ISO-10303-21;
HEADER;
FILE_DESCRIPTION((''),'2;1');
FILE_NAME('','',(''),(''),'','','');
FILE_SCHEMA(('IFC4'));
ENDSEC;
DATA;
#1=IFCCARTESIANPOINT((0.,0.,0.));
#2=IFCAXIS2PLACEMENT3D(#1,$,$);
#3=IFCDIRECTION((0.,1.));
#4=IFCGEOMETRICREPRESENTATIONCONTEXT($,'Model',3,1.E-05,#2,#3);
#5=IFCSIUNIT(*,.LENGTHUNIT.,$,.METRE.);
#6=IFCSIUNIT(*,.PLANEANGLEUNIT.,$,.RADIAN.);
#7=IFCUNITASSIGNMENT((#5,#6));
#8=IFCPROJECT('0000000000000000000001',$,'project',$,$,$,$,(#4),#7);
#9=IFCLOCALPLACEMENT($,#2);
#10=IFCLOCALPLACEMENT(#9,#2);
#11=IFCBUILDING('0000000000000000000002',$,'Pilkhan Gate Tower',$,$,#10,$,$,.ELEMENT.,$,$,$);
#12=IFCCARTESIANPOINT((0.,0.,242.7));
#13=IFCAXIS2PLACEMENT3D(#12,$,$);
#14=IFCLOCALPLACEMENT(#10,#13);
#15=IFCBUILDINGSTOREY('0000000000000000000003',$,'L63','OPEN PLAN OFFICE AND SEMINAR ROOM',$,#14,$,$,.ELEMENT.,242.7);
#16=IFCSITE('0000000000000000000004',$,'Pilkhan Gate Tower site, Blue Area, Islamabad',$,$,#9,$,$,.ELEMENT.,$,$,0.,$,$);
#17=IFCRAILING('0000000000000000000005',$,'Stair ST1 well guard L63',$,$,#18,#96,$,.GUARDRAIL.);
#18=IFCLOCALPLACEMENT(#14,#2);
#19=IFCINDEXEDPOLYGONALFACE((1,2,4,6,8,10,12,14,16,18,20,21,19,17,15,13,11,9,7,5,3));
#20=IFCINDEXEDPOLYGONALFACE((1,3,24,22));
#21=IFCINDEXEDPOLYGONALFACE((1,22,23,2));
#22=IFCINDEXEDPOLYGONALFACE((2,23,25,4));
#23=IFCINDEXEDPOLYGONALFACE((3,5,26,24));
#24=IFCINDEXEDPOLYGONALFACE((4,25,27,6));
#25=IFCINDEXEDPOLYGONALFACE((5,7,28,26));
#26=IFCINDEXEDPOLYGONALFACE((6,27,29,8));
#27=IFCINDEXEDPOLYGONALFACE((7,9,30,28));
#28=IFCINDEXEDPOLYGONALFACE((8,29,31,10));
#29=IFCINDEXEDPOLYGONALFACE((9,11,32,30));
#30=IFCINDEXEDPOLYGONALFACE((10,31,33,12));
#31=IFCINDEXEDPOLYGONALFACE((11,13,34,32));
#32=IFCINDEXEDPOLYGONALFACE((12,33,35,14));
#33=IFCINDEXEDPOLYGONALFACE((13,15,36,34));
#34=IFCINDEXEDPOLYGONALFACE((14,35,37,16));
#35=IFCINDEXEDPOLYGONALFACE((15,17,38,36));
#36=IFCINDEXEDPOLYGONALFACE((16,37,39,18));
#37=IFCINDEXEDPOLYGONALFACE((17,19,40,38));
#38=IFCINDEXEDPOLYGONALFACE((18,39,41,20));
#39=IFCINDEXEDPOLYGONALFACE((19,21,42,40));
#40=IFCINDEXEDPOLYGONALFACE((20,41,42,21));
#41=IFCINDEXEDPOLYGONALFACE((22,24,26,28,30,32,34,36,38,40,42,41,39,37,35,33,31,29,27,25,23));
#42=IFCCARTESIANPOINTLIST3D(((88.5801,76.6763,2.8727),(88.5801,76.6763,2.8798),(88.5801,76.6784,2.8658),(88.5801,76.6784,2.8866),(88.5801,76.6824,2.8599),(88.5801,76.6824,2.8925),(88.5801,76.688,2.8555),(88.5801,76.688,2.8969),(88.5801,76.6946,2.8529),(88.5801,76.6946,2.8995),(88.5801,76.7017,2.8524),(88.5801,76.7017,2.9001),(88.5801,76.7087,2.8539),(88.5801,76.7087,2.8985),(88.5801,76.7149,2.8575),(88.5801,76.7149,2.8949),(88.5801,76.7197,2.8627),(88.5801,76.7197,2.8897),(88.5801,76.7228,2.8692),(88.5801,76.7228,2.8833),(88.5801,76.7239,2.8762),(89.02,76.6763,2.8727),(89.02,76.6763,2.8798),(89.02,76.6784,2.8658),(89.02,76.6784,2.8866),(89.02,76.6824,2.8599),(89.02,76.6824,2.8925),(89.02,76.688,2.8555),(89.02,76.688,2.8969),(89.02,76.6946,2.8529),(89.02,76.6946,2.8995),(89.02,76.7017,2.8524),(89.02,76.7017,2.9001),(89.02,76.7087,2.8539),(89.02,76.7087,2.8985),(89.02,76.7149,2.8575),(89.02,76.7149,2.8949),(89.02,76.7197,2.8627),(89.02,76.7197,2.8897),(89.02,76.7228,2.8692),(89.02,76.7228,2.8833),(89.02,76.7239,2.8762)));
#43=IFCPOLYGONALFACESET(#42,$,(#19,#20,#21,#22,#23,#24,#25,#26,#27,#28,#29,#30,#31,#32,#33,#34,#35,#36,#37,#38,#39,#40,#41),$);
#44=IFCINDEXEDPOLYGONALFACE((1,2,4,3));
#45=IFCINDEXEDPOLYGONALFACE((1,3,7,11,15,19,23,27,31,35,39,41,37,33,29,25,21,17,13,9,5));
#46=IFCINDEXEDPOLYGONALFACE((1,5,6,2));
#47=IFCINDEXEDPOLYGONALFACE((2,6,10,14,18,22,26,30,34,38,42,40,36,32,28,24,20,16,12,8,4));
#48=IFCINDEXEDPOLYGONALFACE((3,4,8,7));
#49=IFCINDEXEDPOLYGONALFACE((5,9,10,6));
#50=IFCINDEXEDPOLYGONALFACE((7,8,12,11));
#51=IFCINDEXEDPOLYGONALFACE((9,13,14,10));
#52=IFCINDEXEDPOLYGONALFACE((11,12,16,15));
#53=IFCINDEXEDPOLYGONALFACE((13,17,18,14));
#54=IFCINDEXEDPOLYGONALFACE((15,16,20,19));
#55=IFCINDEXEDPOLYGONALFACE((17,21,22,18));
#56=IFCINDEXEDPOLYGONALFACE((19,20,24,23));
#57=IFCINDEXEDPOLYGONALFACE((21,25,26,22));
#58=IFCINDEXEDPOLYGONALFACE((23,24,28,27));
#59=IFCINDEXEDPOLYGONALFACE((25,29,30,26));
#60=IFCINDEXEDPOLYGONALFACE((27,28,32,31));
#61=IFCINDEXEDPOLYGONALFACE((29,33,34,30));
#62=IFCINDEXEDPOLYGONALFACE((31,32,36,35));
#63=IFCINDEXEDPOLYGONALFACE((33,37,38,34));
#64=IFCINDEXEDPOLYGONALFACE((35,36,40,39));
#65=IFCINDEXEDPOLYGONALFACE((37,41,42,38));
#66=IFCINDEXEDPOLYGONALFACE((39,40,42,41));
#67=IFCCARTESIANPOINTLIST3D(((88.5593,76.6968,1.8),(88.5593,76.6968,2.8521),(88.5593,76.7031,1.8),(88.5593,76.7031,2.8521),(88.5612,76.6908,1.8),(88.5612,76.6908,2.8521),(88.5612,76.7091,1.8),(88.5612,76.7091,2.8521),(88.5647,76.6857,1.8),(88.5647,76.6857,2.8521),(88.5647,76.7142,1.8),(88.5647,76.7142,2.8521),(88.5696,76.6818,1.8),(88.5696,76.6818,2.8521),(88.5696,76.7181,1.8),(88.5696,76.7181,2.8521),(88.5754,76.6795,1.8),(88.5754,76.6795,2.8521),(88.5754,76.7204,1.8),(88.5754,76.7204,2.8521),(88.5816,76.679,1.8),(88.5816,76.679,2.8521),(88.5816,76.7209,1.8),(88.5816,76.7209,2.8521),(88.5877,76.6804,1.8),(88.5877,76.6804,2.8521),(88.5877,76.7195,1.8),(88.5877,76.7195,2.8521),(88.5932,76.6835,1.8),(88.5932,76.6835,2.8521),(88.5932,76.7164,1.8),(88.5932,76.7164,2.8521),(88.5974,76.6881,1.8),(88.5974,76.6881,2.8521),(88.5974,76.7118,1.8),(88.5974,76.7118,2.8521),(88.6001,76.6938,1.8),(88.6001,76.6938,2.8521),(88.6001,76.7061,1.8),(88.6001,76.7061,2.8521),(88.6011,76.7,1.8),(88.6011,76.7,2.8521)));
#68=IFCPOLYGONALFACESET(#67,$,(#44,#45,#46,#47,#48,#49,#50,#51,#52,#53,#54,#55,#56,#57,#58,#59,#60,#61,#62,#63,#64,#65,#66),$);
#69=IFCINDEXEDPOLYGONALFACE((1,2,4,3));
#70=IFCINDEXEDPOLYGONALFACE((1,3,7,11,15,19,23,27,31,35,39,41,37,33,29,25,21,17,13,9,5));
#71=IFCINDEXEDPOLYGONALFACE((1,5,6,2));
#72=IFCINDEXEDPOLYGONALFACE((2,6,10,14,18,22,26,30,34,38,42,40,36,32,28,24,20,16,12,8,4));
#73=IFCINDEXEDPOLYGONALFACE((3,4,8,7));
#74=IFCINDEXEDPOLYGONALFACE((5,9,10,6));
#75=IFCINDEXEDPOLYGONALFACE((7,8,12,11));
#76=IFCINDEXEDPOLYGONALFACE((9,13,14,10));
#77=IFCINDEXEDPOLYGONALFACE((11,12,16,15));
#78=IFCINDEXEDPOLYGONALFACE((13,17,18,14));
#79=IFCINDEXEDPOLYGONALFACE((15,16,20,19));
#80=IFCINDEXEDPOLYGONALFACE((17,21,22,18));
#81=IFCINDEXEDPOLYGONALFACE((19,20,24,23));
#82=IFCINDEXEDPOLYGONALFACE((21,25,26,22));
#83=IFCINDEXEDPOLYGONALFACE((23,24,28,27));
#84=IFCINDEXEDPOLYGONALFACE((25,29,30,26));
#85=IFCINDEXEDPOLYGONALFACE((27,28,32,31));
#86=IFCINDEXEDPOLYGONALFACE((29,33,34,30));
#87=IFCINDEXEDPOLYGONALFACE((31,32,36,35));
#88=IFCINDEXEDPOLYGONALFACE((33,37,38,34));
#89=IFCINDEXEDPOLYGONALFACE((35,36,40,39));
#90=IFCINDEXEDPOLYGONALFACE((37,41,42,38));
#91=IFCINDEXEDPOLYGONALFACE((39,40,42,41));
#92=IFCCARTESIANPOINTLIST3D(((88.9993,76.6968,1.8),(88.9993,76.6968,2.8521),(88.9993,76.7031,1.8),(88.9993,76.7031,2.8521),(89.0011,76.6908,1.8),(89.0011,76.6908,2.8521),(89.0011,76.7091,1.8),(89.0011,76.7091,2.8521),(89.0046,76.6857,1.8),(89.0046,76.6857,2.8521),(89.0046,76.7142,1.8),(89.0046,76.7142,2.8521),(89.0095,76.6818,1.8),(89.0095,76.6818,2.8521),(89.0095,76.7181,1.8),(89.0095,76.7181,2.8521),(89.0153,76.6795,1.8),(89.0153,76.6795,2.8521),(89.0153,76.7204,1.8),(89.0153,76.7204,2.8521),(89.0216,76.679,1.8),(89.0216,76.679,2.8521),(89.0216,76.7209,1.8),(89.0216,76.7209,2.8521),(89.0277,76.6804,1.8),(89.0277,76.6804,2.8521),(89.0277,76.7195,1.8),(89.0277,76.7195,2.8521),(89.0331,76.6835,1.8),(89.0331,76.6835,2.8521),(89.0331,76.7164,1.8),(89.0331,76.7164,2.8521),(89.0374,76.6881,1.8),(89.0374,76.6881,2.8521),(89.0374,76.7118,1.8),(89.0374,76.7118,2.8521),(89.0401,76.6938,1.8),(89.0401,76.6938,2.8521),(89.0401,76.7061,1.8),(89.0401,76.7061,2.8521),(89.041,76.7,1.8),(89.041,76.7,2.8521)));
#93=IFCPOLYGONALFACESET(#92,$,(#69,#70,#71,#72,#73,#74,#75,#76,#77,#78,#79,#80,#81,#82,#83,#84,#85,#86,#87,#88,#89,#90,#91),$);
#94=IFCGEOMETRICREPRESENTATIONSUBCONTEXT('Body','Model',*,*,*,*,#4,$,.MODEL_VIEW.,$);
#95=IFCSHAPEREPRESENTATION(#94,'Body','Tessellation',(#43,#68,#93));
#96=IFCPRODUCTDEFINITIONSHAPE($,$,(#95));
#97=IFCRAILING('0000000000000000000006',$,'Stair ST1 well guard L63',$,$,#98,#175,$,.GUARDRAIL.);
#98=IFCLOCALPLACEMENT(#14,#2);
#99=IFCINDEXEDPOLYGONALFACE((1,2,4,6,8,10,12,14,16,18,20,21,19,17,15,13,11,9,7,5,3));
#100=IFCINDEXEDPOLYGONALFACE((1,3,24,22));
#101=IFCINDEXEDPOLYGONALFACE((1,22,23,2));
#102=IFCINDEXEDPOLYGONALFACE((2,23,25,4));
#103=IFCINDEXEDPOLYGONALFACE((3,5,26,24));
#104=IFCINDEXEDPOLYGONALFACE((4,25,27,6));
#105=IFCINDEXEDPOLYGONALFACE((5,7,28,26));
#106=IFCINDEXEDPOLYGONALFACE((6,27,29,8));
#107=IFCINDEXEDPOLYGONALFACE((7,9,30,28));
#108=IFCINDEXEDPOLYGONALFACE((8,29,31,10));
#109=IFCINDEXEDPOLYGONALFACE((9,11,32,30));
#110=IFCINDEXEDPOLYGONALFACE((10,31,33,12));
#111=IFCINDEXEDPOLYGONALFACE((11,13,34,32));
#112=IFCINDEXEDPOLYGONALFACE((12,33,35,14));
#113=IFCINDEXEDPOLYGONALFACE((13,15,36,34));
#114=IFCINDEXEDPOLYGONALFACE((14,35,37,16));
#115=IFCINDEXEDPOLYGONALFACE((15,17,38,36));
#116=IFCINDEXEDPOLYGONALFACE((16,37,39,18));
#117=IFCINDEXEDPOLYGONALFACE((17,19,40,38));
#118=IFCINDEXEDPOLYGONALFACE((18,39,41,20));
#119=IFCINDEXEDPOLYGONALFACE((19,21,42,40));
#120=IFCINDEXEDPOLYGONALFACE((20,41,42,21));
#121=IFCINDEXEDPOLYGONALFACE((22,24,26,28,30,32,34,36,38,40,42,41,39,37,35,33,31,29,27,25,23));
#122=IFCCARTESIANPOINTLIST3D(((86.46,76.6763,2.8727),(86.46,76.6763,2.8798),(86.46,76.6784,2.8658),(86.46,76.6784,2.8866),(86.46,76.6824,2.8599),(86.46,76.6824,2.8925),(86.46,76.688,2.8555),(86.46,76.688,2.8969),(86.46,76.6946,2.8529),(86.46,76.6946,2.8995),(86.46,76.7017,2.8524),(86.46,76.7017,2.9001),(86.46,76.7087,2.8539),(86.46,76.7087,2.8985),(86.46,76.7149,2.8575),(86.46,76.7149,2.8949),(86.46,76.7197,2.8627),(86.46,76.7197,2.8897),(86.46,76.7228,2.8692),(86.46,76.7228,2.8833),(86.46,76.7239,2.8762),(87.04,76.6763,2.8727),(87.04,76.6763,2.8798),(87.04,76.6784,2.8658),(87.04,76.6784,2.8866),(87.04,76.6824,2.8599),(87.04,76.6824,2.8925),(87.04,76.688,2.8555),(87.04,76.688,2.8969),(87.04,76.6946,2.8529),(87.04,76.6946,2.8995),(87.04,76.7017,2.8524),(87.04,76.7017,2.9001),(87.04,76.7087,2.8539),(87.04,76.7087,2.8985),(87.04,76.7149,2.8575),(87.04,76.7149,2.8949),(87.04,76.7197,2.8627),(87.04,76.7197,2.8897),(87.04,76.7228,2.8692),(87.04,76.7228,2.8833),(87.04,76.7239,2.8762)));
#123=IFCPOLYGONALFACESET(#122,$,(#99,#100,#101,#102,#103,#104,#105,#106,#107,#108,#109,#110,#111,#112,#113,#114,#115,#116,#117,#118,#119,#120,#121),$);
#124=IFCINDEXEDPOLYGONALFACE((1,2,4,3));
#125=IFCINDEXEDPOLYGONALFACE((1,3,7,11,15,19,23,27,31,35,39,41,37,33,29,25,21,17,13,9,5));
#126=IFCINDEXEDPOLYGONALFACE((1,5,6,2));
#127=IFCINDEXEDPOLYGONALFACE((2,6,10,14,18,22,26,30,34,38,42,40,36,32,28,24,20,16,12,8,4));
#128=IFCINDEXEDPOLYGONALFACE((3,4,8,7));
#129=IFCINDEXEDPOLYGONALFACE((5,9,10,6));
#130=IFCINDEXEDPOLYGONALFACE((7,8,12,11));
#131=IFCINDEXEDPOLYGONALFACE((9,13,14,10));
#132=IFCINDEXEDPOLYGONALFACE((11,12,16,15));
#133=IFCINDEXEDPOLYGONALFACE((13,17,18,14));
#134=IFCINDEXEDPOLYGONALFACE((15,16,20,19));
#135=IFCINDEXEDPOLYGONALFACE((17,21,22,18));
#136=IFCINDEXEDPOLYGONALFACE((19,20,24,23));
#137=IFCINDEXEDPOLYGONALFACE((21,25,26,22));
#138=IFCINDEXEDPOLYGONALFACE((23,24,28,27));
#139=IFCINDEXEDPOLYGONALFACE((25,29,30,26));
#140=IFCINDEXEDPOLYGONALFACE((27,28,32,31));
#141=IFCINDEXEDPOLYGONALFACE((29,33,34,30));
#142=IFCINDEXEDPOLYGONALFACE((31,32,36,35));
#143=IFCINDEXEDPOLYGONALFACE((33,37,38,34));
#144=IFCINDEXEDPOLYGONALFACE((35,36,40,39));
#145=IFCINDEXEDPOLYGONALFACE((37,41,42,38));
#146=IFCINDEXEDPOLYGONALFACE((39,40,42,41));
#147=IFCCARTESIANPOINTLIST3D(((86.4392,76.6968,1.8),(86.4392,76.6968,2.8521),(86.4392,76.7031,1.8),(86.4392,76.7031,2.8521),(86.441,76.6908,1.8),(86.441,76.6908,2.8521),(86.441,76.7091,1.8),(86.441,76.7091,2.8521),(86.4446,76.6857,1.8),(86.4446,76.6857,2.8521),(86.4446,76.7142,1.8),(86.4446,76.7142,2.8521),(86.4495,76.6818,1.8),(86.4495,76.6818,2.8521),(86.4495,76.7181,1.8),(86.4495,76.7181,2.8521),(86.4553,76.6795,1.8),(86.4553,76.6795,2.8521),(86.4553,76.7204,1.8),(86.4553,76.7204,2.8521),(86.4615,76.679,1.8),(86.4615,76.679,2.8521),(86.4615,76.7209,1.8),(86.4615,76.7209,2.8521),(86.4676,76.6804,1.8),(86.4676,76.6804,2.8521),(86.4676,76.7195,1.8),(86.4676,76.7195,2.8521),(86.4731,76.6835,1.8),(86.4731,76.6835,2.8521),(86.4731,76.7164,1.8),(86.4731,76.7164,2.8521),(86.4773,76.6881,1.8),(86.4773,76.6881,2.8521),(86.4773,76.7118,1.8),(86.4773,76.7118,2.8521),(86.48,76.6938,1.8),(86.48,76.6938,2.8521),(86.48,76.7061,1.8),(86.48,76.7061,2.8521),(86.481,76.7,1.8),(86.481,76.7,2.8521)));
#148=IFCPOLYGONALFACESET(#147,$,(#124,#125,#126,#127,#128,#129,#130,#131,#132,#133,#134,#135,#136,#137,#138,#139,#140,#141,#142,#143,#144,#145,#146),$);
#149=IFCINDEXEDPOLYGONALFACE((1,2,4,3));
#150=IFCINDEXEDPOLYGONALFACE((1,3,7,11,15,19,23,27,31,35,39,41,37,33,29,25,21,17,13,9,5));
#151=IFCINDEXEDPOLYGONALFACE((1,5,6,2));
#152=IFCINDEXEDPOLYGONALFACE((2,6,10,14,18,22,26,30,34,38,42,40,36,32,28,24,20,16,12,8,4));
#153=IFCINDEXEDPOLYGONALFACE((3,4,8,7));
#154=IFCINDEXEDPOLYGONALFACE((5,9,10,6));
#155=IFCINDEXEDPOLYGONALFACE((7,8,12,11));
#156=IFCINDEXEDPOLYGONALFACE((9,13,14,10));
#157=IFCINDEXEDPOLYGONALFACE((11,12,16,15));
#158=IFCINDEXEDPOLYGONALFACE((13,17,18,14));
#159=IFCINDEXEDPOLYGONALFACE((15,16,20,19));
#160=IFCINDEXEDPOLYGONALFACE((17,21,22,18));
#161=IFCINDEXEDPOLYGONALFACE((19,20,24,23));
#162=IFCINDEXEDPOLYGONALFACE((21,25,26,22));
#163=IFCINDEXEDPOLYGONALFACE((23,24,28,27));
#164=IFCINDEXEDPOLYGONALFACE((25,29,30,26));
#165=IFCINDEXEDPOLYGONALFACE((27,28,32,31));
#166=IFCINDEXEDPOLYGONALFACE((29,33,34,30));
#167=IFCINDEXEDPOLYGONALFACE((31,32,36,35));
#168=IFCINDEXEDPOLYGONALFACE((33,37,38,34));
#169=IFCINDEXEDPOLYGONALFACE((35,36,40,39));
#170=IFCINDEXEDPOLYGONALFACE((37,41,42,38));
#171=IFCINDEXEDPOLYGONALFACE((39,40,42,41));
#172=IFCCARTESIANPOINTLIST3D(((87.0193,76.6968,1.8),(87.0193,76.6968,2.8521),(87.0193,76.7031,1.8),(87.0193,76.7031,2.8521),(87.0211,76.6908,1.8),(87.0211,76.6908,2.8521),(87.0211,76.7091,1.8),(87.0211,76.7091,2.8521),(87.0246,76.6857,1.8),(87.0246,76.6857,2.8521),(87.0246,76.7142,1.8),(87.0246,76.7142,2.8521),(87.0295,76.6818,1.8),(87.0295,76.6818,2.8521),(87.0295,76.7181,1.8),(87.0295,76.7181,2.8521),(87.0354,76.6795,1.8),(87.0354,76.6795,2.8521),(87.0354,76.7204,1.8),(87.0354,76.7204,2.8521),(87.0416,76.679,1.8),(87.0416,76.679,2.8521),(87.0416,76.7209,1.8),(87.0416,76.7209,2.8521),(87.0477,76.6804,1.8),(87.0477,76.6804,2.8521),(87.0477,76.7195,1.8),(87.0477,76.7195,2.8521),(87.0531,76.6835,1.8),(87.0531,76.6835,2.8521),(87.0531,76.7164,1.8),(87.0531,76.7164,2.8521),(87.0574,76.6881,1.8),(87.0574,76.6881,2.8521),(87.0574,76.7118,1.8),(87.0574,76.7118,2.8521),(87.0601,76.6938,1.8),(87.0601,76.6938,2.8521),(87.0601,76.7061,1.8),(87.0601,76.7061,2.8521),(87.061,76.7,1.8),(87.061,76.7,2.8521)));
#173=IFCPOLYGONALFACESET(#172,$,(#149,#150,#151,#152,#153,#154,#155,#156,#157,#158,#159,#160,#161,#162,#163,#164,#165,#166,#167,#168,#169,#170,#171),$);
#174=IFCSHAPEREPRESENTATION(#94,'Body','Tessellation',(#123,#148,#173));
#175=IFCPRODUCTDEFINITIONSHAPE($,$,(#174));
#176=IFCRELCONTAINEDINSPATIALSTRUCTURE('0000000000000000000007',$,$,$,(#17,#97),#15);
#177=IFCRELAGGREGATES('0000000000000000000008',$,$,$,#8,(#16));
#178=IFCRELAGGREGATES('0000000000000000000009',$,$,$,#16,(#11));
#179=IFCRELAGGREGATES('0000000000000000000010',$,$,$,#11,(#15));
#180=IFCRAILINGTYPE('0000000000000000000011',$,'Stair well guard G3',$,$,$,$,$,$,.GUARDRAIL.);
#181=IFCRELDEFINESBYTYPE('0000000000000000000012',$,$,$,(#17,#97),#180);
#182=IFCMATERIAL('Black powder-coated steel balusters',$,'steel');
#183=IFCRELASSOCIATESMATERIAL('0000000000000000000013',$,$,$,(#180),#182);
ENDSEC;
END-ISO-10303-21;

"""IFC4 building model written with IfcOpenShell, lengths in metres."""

from ifc_helpers import new_model, si_unit, direction, frame, origin, origin_2d, place, context, subcontext, project, spatial, circle, extrude, material, type_object, element, save


model = new_model("IFC4")

# Units and contexts
model_context = context("Model", 3, precision=1e-05, world=origin(), true_north=direction((0.0, 1.0)))
body_context = subcontext(model_context, "Body", "Model", "MODEL_VIEW")
ifc_project = project(units=[si_unit("LENGTHUNIT", "METRE"), si_unit("PLANEANGLEUNIT", "RADIAN")], contexts=[model_context])

# Site, building, storey
site_placement = place(None, origin())
site = spatial("IfcSite", under=ifc_project, at=site_placement, Name="Pilkhan Gate Tower site, Blue Area, Islamabad", CompositionType="ELEMENT", RefElevation=0.0)
building_placement = place(site_placement, origin())
building = spatial("IfcBuilding", under=site, at=building_placement, Name="Pilkhan Gate Tower", CompositionType="ELEMENT")
storey_placement = place(building_placement, frame((0.0, 0.0, 242.7)))
storey = spatial("IfcBuildingStorey", under=building, at=storey_placement, Name="L63", Description="OPEN PLAN OFFICE AND SEMINAR ROOM", CompositionType="ELEMENT", Elevation=242.7)

# Railings
ifc_material_1 = material(Name="Black powder-coated steel balusters", Category="steel")
railing_type_1 = type_object("IfcRailingType", Name="Stair well guard G3", PredefinedType="GUARDRAIL", material=ifc_material_1)
railing_1_placement = place(storey_placement, frame((88.5801, 76.7, 1.8)))
element("IfcRailing", 1, at=railing_1_placement, inside=storey, type_object=railing_type_1, Name="Stair ST1 well guard L63", PredefinedType="GUARDRAIL", context=body_context, shape_type="SweptSolid", body=[
    extrude(circle(Radius=0.0239, at=origin_2d()), frame((0.0, 0.0, 1.0762), z_axis=(1.0, 0.0, 0.0), x_axis=(0.0, 1.0, 0.0)), (0.0, 0.0, 1.0), 0.4399),
    extrude(circle(Radius=0.021, at=origin_2d()), origin(), (0.0, 0.0, 1.0), 1.052),
    extrude(circle(Radius=0.021, at=origin_2d()), frame((0.4399, 0.0, 0.0)), (0.0, 0.0, 1.0), 1.052),
])
railing_2_placement = place(storey_placement, frame((86.46, 76.7, 1.8)))
element("IfcRailing", 2, at=railing_2_placement, inside=storey, type_object=railing_type_1, Name="Stair ST1 well guard L63", PredefinedType="GUARDRAIL", context=body_context, shape_type="SweptSolid", body=[
    extrude(circle(Radius=0.0239, at=origin_2d()), frame((0.0, 0.0, 1.0762), z_axis=(1.0, 0.0, 0.0), x_axis=(0.0, 1.0, 0.0)), (0.0, 0.0, 1.0), 0.5801),
    extrude(circle(Radius=0.021, at=origin_2d()), origin(), (0.0, 0.0, 1.0), 1.052),
    extrude(circle(Radius=0.021, at=origin_2d()), frame((0.5801, 0.0, 0.0)), (0.0, 0.0, 1.0), 1.052),
])

save(model, "model.ifc")
